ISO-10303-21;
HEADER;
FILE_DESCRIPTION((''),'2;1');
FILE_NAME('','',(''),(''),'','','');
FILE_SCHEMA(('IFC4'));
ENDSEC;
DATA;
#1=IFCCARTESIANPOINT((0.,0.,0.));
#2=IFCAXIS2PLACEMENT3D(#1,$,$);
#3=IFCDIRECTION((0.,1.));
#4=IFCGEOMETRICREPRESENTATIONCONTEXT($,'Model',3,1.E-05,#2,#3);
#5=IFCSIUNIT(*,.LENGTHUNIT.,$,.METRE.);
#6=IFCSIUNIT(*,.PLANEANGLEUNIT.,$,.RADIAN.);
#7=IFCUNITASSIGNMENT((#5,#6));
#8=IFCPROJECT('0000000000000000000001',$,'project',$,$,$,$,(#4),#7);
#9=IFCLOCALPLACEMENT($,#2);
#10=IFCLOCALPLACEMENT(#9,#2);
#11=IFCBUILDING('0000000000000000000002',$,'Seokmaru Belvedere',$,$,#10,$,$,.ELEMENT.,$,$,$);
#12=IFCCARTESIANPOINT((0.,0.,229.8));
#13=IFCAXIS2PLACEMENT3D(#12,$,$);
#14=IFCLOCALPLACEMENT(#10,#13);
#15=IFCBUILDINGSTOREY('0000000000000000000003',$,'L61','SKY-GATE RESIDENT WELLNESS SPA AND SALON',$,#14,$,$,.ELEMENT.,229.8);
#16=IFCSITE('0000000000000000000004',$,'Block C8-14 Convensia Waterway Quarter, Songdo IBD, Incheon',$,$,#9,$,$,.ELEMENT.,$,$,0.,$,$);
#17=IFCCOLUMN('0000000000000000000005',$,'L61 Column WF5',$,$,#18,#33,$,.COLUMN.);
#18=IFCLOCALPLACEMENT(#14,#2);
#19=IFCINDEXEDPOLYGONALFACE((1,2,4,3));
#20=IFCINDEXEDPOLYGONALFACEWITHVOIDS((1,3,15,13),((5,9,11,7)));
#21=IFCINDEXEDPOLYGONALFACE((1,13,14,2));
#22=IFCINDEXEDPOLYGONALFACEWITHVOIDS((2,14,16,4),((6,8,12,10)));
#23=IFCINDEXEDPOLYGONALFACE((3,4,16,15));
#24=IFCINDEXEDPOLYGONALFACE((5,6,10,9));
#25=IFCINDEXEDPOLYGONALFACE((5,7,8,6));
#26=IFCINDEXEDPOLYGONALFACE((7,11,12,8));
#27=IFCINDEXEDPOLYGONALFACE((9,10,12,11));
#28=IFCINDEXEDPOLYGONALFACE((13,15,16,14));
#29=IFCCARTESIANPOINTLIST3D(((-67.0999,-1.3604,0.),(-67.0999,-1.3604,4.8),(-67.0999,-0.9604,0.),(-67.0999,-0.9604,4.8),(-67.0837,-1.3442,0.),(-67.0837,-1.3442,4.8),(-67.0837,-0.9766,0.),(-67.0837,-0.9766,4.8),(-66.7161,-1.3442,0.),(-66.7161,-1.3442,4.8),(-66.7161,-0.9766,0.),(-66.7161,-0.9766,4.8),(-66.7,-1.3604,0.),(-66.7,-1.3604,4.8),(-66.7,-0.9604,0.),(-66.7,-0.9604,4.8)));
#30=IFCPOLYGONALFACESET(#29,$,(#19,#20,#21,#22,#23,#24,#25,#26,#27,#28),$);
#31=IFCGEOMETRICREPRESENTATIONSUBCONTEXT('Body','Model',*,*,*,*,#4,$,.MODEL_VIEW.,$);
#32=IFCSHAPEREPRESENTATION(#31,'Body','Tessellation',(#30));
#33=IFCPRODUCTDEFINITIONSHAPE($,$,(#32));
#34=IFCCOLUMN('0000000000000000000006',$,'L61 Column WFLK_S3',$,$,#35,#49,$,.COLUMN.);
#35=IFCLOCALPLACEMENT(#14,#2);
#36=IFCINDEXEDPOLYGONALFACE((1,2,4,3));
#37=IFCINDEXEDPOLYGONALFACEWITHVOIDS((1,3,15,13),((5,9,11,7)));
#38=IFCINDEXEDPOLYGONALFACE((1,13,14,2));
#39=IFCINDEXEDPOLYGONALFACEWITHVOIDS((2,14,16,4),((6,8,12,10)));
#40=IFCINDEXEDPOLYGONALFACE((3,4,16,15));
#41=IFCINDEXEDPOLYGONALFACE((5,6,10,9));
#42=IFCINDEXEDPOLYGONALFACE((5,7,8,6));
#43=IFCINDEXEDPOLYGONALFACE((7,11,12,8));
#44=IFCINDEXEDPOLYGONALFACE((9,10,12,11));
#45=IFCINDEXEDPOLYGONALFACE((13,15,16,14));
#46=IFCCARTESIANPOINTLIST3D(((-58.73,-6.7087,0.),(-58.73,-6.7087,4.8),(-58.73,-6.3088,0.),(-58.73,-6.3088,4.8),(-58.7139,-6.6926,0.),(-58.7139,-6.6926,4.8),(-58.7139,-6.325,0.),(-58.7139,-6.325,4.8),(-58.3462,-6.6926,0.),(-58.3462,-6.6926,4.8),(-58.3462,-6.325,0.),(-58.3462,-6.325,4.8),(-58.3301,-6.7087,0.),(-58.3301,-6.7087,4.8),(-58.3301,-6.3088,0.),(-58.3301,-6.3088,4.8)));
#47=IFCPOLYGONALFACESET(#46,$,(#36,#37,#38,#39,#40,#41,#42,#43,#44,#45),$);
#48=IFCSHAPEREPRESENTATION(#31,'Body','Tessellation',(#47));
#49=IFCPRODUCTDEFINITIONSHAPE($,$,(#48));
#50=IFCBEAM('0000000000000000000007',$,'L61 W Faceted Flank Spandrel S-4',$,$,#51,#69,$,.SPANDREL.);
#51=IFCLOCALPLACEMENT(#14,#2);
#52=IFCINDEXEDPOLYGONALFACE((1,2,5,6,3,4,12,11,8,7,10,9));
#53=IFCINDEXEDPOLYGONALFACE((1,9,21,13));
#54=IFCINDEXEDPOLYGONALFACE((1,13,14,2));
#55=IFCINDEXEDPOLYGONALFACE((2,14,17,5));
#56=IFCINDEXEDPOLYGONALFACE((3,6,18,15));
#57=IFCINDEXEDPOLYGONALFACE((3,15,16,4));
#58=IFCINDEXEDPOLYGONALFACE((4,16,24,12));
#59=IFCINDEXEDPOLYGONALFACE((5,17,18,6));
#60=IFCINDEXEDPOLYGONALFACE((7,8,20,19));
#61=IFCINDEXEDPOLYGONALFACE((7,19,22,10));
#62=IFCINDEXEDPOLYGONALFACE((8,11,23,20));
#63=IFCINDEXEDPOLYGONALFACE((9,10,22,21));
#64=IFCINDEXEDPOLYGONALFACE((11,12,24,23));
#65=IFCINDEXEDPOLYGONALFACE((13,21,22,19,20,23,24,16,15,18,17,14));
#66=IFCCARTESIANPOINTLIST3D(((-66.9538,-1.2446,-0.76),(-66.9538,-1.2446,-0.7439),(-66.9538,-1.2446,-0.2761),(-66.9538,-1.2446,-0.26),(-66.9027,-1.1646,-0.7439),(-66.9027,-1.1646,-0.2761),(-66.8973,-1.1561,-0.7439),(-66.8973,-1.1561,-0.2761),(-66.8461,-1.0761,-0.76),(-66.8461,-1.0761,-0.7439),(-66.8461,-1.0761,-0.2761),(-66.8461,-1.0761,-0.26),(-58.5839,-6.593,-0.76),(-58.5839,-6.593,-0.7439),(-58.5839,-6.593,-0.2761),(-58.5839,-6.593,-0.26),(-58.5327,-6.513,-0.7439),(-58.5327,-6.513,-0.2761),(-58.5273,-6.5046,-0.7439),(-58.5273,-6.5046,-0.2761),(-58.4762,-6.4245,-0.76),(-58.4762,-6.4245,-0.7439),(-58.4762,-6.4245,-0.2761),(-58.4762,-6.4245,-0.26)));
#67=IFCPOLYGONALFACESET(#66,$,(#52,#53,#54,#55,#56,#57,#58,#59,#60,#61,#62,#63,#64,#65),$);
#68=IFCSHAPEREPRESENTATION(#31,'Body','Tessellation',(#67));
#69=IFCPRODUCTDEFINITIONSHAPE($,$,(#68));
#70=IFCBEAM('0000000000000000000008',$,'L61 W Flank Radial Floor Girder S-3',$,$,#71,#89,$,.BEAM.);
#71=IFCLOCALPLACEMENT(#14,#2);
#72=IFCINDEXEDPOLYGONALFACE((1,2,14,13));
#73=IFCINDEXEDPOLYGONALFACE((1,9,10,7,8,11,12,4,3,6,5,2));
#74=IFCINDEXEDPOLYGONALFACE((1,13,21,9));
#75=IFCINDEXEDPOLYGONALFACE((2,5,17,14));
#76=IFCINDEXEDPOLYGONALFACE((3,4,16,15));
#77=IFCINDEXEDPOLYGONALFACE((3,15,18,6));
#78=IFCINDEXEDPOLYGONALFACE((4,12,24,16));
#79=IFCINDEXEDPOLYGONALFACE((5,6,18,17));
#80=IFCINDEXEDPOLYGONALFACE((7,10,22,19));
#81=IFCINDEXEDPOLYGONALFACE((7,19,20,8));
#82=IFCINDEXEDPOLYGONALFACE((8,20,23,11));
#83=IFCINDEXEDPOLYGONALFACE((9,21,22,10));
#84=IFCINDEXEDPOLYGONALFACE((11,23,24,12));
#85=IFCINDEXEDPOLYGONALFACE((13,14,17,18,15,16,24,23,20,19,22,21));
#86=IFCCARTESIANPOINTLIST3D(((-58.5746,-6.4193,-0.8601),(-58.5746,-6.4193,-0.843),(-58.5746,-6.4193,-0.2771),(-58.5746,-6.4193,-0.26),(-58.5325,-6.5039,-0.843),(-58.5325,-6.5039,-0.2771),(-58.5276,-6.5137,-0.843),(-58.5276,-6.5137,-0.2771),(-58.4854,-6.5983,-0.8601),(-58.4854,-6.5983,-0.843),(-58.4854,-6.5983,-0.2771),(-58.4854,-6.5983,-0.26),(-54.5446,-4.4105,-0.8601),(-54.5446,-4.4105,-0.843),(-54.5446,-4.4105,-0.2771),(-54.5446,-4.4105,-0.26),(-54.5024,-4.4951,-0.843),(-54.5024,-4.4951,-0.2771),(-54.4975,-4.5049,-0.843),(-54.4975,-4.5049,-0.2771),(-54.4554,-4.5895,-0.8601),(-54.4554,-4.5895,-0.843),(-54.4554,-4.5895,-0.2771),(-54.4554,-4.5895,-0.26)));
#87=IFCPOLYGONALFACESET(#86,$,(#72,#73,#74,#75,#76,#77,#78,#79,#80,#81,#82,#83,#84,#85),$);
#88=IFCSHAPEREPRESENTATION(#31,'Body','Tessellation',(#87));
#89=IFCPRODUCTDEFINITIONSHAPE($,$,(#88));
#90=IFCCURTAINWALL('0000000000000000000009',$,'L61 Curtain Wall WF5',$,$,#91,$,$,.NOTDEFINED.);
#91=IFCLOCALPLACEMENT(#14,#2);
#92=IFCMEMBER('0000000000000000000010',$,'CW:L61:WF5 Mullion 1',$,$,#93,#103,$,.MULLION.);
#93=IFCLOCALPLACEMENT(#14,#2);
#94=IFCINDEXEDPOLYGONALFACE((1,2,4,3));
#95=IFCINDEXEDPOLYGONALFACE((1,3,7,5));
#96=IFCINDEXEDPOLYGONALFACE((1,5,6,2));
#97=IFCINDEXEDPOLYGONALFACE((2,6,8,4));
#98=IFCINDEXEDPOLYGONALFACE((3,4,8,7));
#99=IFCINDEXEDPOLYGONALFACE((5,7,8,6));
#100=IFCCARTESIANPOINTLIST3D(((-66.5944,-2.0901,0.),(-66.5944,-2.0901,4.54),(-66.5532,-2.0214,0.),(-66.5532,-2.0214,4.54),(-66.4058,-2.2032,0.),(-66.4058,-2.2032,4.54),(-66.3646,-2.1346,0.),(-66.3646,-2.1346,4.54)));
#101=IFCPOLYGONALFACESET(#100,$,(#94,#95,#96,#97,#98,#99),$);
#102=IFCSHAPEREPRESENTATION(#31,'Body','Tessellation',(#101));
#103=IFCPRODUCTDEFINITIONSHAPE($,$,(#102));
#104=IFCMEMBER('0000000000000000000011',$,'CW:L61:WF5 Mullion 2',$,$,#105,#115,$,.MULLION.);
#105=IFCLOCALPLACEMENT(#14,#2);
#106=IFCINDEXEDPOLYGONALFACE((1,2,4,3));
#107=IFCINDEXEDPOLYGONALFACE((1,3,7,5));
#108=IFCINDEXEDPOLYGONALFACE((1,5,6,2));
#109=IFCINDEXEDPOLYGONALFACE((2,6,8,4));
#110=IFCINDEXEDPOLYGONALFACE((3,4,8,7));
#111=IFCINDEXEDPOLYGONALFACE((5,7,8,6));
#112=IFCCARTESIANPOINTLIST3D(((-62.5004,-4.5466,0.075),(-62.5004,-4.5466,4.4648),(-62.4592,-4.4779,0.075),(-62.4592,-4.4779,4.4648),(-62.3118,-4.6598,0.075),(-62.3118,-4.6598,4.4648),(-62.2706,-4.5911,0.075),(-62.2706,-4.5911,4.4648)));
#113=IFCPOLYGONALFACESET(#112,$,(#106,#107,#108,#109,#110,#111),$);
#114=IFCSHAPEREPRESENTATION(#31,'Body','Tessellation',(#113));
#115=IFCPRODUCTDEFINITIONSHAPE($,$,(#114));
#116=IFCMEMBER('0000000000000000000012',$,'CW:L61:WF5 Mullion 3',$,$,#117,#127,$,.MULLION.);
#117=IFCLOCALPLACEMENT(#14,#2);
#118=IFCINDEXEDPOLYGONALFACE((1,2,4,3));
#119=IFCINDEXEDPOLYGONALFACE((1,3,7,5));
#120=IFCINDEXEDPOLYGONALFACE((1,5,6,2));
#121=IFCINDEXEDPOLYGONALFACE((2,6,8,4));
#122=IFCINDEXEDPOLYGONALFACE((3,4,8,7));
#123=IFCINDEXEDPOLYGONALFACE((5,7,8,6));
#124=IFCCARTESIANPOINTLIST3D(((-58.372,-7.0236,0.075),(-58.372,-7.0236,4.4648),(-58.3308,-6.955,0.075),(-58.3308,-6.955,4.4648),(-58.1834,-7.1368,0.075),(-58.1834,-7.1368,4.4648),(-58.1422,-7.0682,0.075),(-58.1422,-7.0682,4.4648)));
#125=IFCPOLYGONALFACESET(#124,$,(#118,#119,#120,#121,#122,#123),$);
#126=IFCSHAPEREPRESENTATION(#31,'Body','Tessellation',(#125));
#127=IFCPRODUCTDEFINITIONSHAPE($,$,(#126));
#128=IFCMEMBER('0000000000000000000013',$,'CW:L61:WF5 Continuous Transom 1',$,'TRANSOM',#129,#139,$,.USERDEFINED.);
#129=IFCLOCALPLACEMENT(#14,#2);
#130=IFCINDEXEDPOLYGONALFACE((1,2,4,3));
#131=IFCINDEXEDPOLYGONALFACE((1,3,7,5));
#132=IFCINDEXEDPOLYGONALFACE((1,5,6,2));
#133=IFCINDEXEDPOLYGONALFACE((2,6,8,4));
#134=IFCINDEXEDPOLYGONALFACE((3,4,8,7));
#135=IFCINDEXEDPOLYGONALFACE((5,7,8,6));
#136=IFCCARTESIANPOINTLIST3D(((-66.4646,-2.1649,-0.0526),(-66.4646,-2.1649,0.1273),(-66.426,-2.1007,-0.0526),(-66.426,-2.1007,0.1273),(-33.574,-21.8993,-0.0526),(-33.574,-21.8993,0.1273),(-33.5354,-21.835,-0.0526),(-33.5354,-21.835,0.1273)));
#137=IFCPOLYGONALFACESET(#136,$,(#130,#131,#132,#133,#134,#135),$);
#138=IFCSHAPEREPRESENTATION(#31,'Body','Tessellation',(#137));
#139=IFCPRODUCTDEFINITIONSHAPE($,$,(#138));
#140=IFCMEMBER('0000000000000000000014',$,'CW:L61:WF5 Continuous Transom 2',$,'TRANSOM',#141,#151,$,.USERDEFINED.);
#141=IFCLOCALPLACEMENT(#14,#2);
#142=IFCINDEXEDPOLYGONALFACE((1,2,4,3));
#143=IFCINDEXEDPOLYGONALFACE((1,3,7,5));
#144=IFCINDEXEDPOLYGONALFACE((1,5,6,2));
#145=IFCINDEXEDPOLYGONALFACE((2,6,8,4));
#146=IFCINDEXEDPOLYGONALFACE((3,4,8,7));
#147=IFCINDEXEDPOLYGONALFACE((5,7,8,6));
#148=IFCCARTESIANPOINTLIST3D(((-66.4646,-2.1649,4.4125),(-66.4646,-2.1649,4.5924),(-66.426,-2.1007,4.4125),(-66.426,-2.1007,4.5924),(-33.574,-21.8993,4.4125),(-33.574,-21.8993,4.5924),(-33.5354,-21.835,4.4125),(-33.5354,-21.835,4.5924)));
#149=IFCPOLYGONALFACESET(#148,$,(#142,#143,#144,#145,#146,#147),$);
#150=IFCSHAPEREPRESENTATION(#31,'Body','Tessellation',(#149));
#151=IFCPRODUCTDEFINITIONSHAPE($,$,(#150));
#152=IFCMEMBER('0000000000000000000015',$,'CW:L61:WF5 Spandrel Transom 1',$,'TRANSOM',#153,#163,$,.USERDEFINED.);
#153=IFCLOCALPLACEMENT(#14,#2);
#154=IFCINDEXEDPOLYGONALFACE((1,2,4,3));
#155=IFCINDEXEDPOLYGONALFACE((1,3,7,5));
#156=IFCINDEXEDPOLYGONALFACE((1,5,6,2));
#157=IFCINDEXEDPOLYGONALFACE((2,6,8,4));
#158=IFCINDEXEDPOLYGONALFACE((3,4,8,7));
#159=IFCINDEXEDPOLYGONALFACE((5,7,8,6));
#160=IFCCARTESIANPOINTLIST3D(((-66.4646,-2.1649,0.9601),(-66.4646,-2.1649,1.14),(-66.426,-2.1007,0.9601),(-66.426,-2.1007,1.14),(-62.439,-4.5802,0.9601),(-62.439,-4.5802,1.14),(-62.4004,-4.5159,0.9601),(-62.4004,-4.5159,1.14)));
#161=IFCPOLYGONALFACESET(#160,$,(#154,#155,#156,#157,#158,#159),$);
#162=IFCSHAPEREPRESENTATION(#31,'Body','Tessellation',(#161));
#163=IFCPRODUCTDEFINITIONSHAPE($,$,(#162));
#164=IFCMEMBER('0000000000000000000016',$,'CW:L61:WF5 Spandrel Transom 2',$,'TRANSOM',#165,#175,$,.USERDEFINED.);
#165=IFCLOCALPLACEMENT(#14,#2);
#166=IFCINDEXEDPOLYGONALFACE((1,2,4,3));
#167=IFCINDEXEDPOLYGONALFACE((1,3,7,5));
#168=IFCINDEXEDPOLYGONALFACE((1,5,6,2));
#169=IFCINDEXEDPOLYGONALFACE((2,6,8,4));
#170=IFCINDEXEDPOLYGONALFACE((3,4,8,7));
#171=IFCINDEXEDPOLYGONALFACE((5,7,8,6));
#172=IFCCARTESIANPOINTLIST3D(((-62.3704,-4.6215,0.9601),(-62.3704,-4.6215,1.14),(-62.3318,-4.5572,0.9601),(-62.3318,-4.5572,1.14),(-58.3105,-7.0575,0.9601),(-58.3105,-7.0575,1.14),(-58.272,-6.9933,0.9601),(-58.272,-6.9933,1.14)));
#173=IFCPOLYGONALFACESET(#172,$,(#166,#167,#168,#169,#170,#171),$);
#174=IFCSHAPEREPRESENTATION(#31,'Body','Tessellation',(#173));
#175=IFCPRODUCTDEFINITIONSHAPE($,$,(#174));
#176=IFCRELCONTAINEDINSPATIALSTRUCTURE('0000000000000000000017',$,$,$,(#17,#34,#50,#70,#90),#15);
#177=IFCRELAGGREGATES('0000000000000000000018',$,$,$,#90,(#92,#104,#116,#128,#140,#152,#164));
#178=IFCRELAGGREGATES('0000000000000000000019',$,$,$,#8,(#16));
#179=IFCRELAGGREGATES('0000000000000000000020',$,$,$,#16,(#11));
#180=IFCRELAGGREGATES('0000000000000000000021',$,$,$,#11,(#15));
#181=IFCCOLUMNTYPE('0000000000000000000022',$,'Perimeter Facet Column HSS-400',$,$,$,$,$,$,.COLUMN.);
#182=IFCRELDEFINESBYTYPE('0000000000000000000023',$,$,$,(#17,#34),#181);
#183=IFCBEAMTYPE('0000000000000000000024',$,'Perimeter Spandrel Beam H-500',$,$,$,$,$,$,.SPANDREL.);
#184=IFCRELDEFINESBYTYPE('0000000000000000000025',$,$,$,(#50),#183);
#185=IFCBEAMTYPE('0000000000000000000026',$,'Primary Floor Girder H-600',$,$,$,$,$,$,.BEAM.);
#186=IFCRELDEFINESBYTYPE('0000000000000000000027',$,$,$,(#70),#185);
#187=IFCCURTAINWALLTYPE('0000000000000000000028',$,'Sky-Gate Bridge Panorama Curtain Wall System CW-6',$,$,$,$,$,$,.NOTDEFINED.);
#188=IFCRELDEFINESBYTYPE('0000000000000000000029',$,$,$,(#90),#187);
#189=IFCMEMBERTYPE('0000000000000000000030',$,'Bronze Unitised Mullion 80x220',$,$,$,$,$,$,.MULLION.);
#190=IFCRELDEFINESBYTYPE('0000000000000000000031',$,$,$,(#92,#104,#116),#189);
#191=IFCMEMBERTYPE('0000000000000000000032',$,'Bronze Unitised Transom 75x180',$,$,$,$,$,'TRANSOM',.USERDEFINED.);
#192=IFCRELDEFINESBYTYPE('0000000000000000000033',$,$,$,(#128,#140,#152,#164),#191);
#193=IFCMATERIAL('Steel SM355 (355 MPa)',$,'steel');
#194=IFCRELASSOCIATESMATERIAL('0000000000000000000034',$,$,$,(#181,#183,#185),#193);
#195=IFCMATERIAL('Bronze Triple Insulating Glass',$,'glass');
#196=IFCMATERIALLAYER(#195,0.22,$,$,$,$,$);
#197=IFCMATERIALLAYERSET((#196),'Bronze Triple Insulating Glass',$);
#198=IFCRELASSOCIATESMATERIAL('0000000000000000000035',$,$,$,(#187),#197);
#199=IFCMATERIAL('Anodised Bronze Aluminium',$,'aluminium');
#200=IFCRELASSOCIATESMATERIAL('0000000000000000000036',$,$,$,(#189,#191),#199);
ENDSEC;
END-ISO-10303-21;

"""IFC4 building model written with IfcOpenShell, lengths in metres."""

from ifc_helpers import new_model, si_unit, direction, frame, origin, origin_2d, place, context, subcontext, project, spatial, rectangle, hollow_rectangle, i_section, extrude, source, transform, mapped, material, layer, layer_set, material_profile, profile_set, type_object, type_shapes, element, aggregate, save


model = new_model("IFC4")

# Units and contexts
model_context = context("Model", 3, precision=1e-05, world=origin(), true_north=direction((0.0, 1.0)))
body_context = subcontext(model_context, "Body", "Model", "MODEL_VIEW")
ifc_project = project(units=[si_unit("LENGTHUNIT", "METRE"), si_unit("PLANEANGLEUNIT", "RADIAN")], contexts=[model_context])

# Site, building, storey
site_placement = place(None, origin())
site = spatial("IfcSite", under=ifc_project, at=site_placement, Name="Block C8-14 Convensia Waterway Quarter, Songdo IBD, Incheon", CompositionType="ELEMENT", RefElevation=0.0)
building_placement = place(site_placement, origin())
building = spatial("IfcBuilding", under=site, at=building_placement, Name="Seokmaru Belvedere", CompositionType="ELEMENT")
storey_placement = place(building_placement, frame((0.0, 0.0, 229.8)))
storey = spatial("IfcBuildingStorey", under=building, at=storey_placement, Name="L61", Description="SKY-GATE RESIDENT WELLNESS SPA AND SALON", CompositionType="ELEMENT", Elevation=229.8)

# Columns
ifc_material_1 = material(Name="Steel SM355 (355 MPa)", Category="steel")
ifc_material_profile_1 = material_profile(ifc_material_1, hollow_rectangle(XDim=0.3999, YDim=0.3999, WallThickness=0.0161, at=origin_2d()), Name="HSS-400x400x16")
ifc_profile_set_1 = profile_set([ifc_material_profile_1], Name="Steel SM355 (355 MPa)")
column_type = type_object("IfcColumnType", Name="Perimeter Facet Column HSS-400", PredefinedType="COLUMN", material=ifc_profile_set_1)
shared_shape_1 = source(origin(), body_context, "Body", "SweptSolid", [
    extrude(hollow_rectangle(XDim=0.3999, YDim=0.3999, WallThickness=0.0161, at=origin_2d()), origin(), (0.0, 0.0, 1.0), 4.8),
])
type_shapes(column_type, [shared_shape_1])
for number, where, z_axis, x_axis, name in (
    (1, (-66.8999, -1.1604, 0.0), (0.0, 0.0, 1.0), (1.0, 0.0, 0.0), "L61 Column WF5"),
    (2, (-58.53, -6.5088, 0.0), (0.0, 0.0, 1.0), (1.0, 0.0, 0.0), "L61 Column WFLK_S3"),
):
    element("IfcColumn", number, at=place(storey_placement, frame(where, z_axis=z_axis, x_axis=x_axis)), inside=storey, type_object=column_type, Name=name, PredefinedType="COLUMN", context=body_context, shape_type="MappedRepresentation", body=[
        mapped(shared_shape_1, transform((0.0, 0.0, 0.0), scale=1.0)),
    ])

# Beams
ifc_material_profile_2 = material_profile(ifc_material_1, i_section(OverallWidth=0.2, OverallDepth=0.5, WebThickness=0.01, FlangeThickness=0.0161, at=origin_2d()), Name="H-500x200x10x16")
ifc_profile_set_2 = profile_set([ifc_material_profile_2], Name="Steel SM355 (355 MPa)")
beam_type_1 = type_object("IfcBeamType", Name="Perimeter Spandrel Beam H-500", PredefinedType="SPANDREL", material=ifc_profile_set_2)
shared_shape_2 = source(origin(), body_context, "Body", "SweptSolid", [
    extrude(i_section(OverallWidth=0.2, OverallDepth=0.5, WebThickness=0.01, FlangeThickness=0.0161, at=origin_2d()), origin(), (0.0, 0.0, 1.0), 9.9329),
])
type_shapes(beam_type_1, [shared_shape_2])
beam_1_placement = place(storey_placement, frame((-58.53, -6.5088, -0.51), z_axis=(-0.842652, 0.538459, 0.0), x_axis=(-0.538459, -0.842652, 0.0)))
element("IfcBeam", 3, at=beam_1_placement, inside=storey, type_object=beam_type_1, Name="L61 W Faceted Flank Spandrel S-4", PredefinedType="SPANDREL", context=body_context, shape_type="MappedRepresentation", body=[
    mapped(shared_shape_2, transform((0.0, 0.0, 0.0), scale=1.0)),
])
ifc_material_profile_3 = material_profile(ifc_material_1, i_section(OverallWidth=0.2, OverallDepth=0.6001, WebThickness=0.011, FlangeThickness=0.0171, at=origin_2d()), Name="H-600x200x11x17")
ifc_profile_set_3 = profile_set([ifc_material_profile_3], Name="Steel SM355 (355 MPa)")
beam_type_2 = type_object("IfcBeamType", Name="Primary Floor Girder H-600", PredefinedType="BEAM", material=ifc_profile_set_3)
shared_shape_3 = source(origin(), body_context, "Body", "SweptSolid", [
    extrude(i_section(OverallWidth=0.2, OverallDepth=0.6001, WebThickness=0.011, FlangeThickness=0.0171, at=origin_2d()), origin(), (0.0, 0.0, 1.0), 4.5029),
])
type_shapes(beam_type_2, [shared_shape_3])
beam_2_placement = place(storey_placement, frame((-58.53, -6.5088, -0.5601), z_axis=(0.89498, 0.446107, 0.0), x_axis=(-0.446107, 0.89498, 0.0)))
element("IfcBeam", 4, at=beam_2_placement, inside=storey, type_object=beam_type_2, Name="L61 W Flank Radial Floor Girder S-3", PredefinedType="BEAM", context=body_context, shape_type="MappedRepresentation", body=[
    mapped(shared_shape_3, transform((0.0, 0.0, 0.0), scale=1.0)),
])

# Curtain wall, members
ifc_material_2 = material(Name="Bronze Triple Insulating Glass", Category="glass")
ifc_layer_1 = layer(ifc_material_2, 0.22)
ifc_layer_set_1 = layer_set([ifc_layer_1], Name="Bronze Triple Insulating Glass")
curtain_wall_type = type_object("IfcCurtainWallType", Name="Sky-Gate Bridge Panorama Curtain Wall System CW-6", PredefinedType="NOTDEFINED", material=ifc_layer_set_1)
curtain_wall_placement = place(storey_placement, origin())
curtain_wall = element("IfcCurtainWall", 5, at=curtain_wall_placement, inside=storey, type_object=curtain_wall_type, Name="L61 Curtain Wall WF5", PredefinedType="NOTDEFINED")
ifc_material_3 = material(Name="Anodised Bronze Aluminium", Category="aluminium")
ifc_material_profile_4 = material_profile(ifc_material_3, rectangle(XDim=0.0801, YDim=0.22, at=origin_2d()), Name="CW-M-80x220")
ifc_profile_set_4 = profile_set([ifc_material_profile_4], Name="Anodised Bronze Aluminium")
member_type_1 = type_object("IfcMemberType", Name="Bronze Unitised Mullion 80x220", PredefinedType="MULLION", material=ifc_profile_set_4)
shared_shape_4 = source(origin(), body_context, "Body", "SweptSolid", [
    extrude(rectangle(XDim=0.0801, YDim=0.22, at=origin_2d()), origin(), (0.0, 0.0, 1.0), 4.54),
])
member_1_placement = place(storey_placement, frame((-66.4795, -2.1123, 0.0), z_axis=(0.0, 0.0, 1.0), x_axis=(0.514495, 0.857493, 0.0)))
member_1 = element("IfcMember", 6, at=member_1_placement, type_object=member_type_1, Name="CW:L61:WF5 Mullion 1", PredefinedType="MULLION", context=body_context, shape_type="MappedRepresentation", body=[
    mapped(shared_shape_4, transform((0.0, 0.0, 0.0), scale=1.0)),
])
shared_shape_5 = source(origin(), body_context, "Body", "SweptSolid", [
    extrude(rectangle(XDim=0.0801, YDim=0.22, at=origin_2d()), origin(), (0.0, 0.0, 1.0), 4.3899),
])
type_shapes(member_type_1, [shared_shape_4, shared_shape_5])
member_2_placement = place(storey_placement, frame((-62.3855, -4.5688, 0.075), z_axis=(0.0, 0.0, 1.0), x_axis=(0.514495, 0.857493, 0.0)))
member_2 = element("IfcMember", 7, at=member_2_placement, type_object=member_type_1, Name="CW:L61:WF5 Mullion 2", PredefinedType="MULLION", context=body_context, shape_type="MappedRepresentation", body=[
    mapped(shared_shape_5, transform((0.0, 0.0, 0.0), scale=1.0)),
])
member_3_placement = place(storey_placement, frame((-58.2571, -7.0459, 0.075), z_axis=(0.0, 0.0, 1.0), x_axis=(0.514495, 0.857493, 0.0)))
member_3 = element("IfcMember", 8, at=member_3_placement, type_object=member_type_1, Name="CW:L61:WF5 Mullion 3", PredefinedType="MULLION", context=body_context, shape_type="MappedRepresentation", body=[
    mapped(shared_shape_5, transform((0.0, 0.0, 0.0), scale=1.0)),
])
ifc_material_profile_5 = material_profile(ifc_material_3, rectangle(XDim=0.075, YDim=0.1799, at=origin_2d()), Name="CW-T-75x180")
ifc_profile_set_5 = profile_set([ifc_material_profile_5], Name="Anodised Bronze Aluminium")
member_type_2 = type_object("IfcMemberType", Name="Bronze Unitised Transom 75x180", ElementType="TRANSOM", PredefinedType="USERDEFINED", material=ifc_profile_set_5)
shared_shape_6 = source(origin(), body_context, "Body", "SweptSolid", [
    extrude(rectangle(XDim=0.075, YDim=0.1799, at=origin_2d()), origin(), (0.0, 0.0, 1.0), 38.3567),
])
member_4_placement = place(storey_placement, frame((-66.4453, -2.1328, 0.0374), z_axis=(0.857493, -0.514496, 0.0), x_axis=(0.514496, 0.857493, 0.0)))
member_4 = element("IfcMember", 9, at=member_4_placement, type_object=member_type_2, Name="CW:L61:WF5 Continuous Transom 1", ObjectType="TRANSOM", PredefinedType="USERDEFINED", context=body_context, shape_type="MappedRepresentation", body=[
    mapped(shared_shape_6, transform((0.0, 0.0, 0.0), scale=1.0)),
])
member_5_placement = place(storey_placement, frame((-66.4453, -2.1328, 4.5024), z_axis=(0.857493, -0.514496, 0.0), x_axis=(0.514496, 0.857493, 0.0)))
member_5 = element("IfcMember", 10, at=member_5_placement, type_object=member_type_2, Name="CW:L61:WF5 Continuous Transom 2", ObjectType="TRANSOM", PredefinedType="USERDEFINED", context=body_context, shape_type="MappedRepresentation", body=[
    mapped(shared_shape_6, transform((0.0, 0.0, 0.0), scale=1.0)),
])
shared_shape_7 = source(origin(), body_context, "Body", "SweptSolid", [
    extrude(rectangle(XDim=0.075, YDim=0.1799, at=origin_2d()), origin(), (0.0, 0.0, 1.0), 4.6946),
])
member_6_placement = place(storey_placement, frame((-66.4453, -2.1328, 1.05), z_axis=(0.857502, -0.51448, 0.0), x_axis=(0.51448, 0.857502, 0.0)))
member_6 = element("IfcMember", 11, at=member_6_placement, type_object=member_type_2, Name="CW:L61:WF5 Spandrel Transom 1", ObjectType="TRANSOM", PredefinedType="USERDEFINED", context=body_context, shape_type="MappedRepresentation", body=[
    mapped(shared_shape_7, transform((0.0, 0.0, 0.0), scale=1.0)),
])
shared_shape_8 = source(origin(), body_context, "Body", "SweptSolid", [
    extrude(rectangle(XDim=0.075, YDim=0.1799, at=origin_2d()), origin(), (0.0, 0.0, 1.0), 4.7346),
])
member_7_placement = place(storey_placement, frame((-62.3511, -4.5894, 1.05), z_axis=(0.857479, -0.514519, 0.0), x_axis=(0.514519, 0.857479, 0.0)))
member_7 = element("IfcMember", 12, at=member_7_placement, type_object=member_type_2, Name="CW:L61:WF5 Spandrel Transom 2", ObjectType="TRANSOM", PredefinedType="USERDEFINED", context=body_context, shape_type="MappedRepresentation", body=[
    mapped(shared_shape_8, transform((0.0, 0.0, 0.0), scale=1.0)),
])
aggregate(curtain_wall, [member_1, member_2, member_3, member_4, member_5, member_6, member_7])

save(model, "model.ifc")
